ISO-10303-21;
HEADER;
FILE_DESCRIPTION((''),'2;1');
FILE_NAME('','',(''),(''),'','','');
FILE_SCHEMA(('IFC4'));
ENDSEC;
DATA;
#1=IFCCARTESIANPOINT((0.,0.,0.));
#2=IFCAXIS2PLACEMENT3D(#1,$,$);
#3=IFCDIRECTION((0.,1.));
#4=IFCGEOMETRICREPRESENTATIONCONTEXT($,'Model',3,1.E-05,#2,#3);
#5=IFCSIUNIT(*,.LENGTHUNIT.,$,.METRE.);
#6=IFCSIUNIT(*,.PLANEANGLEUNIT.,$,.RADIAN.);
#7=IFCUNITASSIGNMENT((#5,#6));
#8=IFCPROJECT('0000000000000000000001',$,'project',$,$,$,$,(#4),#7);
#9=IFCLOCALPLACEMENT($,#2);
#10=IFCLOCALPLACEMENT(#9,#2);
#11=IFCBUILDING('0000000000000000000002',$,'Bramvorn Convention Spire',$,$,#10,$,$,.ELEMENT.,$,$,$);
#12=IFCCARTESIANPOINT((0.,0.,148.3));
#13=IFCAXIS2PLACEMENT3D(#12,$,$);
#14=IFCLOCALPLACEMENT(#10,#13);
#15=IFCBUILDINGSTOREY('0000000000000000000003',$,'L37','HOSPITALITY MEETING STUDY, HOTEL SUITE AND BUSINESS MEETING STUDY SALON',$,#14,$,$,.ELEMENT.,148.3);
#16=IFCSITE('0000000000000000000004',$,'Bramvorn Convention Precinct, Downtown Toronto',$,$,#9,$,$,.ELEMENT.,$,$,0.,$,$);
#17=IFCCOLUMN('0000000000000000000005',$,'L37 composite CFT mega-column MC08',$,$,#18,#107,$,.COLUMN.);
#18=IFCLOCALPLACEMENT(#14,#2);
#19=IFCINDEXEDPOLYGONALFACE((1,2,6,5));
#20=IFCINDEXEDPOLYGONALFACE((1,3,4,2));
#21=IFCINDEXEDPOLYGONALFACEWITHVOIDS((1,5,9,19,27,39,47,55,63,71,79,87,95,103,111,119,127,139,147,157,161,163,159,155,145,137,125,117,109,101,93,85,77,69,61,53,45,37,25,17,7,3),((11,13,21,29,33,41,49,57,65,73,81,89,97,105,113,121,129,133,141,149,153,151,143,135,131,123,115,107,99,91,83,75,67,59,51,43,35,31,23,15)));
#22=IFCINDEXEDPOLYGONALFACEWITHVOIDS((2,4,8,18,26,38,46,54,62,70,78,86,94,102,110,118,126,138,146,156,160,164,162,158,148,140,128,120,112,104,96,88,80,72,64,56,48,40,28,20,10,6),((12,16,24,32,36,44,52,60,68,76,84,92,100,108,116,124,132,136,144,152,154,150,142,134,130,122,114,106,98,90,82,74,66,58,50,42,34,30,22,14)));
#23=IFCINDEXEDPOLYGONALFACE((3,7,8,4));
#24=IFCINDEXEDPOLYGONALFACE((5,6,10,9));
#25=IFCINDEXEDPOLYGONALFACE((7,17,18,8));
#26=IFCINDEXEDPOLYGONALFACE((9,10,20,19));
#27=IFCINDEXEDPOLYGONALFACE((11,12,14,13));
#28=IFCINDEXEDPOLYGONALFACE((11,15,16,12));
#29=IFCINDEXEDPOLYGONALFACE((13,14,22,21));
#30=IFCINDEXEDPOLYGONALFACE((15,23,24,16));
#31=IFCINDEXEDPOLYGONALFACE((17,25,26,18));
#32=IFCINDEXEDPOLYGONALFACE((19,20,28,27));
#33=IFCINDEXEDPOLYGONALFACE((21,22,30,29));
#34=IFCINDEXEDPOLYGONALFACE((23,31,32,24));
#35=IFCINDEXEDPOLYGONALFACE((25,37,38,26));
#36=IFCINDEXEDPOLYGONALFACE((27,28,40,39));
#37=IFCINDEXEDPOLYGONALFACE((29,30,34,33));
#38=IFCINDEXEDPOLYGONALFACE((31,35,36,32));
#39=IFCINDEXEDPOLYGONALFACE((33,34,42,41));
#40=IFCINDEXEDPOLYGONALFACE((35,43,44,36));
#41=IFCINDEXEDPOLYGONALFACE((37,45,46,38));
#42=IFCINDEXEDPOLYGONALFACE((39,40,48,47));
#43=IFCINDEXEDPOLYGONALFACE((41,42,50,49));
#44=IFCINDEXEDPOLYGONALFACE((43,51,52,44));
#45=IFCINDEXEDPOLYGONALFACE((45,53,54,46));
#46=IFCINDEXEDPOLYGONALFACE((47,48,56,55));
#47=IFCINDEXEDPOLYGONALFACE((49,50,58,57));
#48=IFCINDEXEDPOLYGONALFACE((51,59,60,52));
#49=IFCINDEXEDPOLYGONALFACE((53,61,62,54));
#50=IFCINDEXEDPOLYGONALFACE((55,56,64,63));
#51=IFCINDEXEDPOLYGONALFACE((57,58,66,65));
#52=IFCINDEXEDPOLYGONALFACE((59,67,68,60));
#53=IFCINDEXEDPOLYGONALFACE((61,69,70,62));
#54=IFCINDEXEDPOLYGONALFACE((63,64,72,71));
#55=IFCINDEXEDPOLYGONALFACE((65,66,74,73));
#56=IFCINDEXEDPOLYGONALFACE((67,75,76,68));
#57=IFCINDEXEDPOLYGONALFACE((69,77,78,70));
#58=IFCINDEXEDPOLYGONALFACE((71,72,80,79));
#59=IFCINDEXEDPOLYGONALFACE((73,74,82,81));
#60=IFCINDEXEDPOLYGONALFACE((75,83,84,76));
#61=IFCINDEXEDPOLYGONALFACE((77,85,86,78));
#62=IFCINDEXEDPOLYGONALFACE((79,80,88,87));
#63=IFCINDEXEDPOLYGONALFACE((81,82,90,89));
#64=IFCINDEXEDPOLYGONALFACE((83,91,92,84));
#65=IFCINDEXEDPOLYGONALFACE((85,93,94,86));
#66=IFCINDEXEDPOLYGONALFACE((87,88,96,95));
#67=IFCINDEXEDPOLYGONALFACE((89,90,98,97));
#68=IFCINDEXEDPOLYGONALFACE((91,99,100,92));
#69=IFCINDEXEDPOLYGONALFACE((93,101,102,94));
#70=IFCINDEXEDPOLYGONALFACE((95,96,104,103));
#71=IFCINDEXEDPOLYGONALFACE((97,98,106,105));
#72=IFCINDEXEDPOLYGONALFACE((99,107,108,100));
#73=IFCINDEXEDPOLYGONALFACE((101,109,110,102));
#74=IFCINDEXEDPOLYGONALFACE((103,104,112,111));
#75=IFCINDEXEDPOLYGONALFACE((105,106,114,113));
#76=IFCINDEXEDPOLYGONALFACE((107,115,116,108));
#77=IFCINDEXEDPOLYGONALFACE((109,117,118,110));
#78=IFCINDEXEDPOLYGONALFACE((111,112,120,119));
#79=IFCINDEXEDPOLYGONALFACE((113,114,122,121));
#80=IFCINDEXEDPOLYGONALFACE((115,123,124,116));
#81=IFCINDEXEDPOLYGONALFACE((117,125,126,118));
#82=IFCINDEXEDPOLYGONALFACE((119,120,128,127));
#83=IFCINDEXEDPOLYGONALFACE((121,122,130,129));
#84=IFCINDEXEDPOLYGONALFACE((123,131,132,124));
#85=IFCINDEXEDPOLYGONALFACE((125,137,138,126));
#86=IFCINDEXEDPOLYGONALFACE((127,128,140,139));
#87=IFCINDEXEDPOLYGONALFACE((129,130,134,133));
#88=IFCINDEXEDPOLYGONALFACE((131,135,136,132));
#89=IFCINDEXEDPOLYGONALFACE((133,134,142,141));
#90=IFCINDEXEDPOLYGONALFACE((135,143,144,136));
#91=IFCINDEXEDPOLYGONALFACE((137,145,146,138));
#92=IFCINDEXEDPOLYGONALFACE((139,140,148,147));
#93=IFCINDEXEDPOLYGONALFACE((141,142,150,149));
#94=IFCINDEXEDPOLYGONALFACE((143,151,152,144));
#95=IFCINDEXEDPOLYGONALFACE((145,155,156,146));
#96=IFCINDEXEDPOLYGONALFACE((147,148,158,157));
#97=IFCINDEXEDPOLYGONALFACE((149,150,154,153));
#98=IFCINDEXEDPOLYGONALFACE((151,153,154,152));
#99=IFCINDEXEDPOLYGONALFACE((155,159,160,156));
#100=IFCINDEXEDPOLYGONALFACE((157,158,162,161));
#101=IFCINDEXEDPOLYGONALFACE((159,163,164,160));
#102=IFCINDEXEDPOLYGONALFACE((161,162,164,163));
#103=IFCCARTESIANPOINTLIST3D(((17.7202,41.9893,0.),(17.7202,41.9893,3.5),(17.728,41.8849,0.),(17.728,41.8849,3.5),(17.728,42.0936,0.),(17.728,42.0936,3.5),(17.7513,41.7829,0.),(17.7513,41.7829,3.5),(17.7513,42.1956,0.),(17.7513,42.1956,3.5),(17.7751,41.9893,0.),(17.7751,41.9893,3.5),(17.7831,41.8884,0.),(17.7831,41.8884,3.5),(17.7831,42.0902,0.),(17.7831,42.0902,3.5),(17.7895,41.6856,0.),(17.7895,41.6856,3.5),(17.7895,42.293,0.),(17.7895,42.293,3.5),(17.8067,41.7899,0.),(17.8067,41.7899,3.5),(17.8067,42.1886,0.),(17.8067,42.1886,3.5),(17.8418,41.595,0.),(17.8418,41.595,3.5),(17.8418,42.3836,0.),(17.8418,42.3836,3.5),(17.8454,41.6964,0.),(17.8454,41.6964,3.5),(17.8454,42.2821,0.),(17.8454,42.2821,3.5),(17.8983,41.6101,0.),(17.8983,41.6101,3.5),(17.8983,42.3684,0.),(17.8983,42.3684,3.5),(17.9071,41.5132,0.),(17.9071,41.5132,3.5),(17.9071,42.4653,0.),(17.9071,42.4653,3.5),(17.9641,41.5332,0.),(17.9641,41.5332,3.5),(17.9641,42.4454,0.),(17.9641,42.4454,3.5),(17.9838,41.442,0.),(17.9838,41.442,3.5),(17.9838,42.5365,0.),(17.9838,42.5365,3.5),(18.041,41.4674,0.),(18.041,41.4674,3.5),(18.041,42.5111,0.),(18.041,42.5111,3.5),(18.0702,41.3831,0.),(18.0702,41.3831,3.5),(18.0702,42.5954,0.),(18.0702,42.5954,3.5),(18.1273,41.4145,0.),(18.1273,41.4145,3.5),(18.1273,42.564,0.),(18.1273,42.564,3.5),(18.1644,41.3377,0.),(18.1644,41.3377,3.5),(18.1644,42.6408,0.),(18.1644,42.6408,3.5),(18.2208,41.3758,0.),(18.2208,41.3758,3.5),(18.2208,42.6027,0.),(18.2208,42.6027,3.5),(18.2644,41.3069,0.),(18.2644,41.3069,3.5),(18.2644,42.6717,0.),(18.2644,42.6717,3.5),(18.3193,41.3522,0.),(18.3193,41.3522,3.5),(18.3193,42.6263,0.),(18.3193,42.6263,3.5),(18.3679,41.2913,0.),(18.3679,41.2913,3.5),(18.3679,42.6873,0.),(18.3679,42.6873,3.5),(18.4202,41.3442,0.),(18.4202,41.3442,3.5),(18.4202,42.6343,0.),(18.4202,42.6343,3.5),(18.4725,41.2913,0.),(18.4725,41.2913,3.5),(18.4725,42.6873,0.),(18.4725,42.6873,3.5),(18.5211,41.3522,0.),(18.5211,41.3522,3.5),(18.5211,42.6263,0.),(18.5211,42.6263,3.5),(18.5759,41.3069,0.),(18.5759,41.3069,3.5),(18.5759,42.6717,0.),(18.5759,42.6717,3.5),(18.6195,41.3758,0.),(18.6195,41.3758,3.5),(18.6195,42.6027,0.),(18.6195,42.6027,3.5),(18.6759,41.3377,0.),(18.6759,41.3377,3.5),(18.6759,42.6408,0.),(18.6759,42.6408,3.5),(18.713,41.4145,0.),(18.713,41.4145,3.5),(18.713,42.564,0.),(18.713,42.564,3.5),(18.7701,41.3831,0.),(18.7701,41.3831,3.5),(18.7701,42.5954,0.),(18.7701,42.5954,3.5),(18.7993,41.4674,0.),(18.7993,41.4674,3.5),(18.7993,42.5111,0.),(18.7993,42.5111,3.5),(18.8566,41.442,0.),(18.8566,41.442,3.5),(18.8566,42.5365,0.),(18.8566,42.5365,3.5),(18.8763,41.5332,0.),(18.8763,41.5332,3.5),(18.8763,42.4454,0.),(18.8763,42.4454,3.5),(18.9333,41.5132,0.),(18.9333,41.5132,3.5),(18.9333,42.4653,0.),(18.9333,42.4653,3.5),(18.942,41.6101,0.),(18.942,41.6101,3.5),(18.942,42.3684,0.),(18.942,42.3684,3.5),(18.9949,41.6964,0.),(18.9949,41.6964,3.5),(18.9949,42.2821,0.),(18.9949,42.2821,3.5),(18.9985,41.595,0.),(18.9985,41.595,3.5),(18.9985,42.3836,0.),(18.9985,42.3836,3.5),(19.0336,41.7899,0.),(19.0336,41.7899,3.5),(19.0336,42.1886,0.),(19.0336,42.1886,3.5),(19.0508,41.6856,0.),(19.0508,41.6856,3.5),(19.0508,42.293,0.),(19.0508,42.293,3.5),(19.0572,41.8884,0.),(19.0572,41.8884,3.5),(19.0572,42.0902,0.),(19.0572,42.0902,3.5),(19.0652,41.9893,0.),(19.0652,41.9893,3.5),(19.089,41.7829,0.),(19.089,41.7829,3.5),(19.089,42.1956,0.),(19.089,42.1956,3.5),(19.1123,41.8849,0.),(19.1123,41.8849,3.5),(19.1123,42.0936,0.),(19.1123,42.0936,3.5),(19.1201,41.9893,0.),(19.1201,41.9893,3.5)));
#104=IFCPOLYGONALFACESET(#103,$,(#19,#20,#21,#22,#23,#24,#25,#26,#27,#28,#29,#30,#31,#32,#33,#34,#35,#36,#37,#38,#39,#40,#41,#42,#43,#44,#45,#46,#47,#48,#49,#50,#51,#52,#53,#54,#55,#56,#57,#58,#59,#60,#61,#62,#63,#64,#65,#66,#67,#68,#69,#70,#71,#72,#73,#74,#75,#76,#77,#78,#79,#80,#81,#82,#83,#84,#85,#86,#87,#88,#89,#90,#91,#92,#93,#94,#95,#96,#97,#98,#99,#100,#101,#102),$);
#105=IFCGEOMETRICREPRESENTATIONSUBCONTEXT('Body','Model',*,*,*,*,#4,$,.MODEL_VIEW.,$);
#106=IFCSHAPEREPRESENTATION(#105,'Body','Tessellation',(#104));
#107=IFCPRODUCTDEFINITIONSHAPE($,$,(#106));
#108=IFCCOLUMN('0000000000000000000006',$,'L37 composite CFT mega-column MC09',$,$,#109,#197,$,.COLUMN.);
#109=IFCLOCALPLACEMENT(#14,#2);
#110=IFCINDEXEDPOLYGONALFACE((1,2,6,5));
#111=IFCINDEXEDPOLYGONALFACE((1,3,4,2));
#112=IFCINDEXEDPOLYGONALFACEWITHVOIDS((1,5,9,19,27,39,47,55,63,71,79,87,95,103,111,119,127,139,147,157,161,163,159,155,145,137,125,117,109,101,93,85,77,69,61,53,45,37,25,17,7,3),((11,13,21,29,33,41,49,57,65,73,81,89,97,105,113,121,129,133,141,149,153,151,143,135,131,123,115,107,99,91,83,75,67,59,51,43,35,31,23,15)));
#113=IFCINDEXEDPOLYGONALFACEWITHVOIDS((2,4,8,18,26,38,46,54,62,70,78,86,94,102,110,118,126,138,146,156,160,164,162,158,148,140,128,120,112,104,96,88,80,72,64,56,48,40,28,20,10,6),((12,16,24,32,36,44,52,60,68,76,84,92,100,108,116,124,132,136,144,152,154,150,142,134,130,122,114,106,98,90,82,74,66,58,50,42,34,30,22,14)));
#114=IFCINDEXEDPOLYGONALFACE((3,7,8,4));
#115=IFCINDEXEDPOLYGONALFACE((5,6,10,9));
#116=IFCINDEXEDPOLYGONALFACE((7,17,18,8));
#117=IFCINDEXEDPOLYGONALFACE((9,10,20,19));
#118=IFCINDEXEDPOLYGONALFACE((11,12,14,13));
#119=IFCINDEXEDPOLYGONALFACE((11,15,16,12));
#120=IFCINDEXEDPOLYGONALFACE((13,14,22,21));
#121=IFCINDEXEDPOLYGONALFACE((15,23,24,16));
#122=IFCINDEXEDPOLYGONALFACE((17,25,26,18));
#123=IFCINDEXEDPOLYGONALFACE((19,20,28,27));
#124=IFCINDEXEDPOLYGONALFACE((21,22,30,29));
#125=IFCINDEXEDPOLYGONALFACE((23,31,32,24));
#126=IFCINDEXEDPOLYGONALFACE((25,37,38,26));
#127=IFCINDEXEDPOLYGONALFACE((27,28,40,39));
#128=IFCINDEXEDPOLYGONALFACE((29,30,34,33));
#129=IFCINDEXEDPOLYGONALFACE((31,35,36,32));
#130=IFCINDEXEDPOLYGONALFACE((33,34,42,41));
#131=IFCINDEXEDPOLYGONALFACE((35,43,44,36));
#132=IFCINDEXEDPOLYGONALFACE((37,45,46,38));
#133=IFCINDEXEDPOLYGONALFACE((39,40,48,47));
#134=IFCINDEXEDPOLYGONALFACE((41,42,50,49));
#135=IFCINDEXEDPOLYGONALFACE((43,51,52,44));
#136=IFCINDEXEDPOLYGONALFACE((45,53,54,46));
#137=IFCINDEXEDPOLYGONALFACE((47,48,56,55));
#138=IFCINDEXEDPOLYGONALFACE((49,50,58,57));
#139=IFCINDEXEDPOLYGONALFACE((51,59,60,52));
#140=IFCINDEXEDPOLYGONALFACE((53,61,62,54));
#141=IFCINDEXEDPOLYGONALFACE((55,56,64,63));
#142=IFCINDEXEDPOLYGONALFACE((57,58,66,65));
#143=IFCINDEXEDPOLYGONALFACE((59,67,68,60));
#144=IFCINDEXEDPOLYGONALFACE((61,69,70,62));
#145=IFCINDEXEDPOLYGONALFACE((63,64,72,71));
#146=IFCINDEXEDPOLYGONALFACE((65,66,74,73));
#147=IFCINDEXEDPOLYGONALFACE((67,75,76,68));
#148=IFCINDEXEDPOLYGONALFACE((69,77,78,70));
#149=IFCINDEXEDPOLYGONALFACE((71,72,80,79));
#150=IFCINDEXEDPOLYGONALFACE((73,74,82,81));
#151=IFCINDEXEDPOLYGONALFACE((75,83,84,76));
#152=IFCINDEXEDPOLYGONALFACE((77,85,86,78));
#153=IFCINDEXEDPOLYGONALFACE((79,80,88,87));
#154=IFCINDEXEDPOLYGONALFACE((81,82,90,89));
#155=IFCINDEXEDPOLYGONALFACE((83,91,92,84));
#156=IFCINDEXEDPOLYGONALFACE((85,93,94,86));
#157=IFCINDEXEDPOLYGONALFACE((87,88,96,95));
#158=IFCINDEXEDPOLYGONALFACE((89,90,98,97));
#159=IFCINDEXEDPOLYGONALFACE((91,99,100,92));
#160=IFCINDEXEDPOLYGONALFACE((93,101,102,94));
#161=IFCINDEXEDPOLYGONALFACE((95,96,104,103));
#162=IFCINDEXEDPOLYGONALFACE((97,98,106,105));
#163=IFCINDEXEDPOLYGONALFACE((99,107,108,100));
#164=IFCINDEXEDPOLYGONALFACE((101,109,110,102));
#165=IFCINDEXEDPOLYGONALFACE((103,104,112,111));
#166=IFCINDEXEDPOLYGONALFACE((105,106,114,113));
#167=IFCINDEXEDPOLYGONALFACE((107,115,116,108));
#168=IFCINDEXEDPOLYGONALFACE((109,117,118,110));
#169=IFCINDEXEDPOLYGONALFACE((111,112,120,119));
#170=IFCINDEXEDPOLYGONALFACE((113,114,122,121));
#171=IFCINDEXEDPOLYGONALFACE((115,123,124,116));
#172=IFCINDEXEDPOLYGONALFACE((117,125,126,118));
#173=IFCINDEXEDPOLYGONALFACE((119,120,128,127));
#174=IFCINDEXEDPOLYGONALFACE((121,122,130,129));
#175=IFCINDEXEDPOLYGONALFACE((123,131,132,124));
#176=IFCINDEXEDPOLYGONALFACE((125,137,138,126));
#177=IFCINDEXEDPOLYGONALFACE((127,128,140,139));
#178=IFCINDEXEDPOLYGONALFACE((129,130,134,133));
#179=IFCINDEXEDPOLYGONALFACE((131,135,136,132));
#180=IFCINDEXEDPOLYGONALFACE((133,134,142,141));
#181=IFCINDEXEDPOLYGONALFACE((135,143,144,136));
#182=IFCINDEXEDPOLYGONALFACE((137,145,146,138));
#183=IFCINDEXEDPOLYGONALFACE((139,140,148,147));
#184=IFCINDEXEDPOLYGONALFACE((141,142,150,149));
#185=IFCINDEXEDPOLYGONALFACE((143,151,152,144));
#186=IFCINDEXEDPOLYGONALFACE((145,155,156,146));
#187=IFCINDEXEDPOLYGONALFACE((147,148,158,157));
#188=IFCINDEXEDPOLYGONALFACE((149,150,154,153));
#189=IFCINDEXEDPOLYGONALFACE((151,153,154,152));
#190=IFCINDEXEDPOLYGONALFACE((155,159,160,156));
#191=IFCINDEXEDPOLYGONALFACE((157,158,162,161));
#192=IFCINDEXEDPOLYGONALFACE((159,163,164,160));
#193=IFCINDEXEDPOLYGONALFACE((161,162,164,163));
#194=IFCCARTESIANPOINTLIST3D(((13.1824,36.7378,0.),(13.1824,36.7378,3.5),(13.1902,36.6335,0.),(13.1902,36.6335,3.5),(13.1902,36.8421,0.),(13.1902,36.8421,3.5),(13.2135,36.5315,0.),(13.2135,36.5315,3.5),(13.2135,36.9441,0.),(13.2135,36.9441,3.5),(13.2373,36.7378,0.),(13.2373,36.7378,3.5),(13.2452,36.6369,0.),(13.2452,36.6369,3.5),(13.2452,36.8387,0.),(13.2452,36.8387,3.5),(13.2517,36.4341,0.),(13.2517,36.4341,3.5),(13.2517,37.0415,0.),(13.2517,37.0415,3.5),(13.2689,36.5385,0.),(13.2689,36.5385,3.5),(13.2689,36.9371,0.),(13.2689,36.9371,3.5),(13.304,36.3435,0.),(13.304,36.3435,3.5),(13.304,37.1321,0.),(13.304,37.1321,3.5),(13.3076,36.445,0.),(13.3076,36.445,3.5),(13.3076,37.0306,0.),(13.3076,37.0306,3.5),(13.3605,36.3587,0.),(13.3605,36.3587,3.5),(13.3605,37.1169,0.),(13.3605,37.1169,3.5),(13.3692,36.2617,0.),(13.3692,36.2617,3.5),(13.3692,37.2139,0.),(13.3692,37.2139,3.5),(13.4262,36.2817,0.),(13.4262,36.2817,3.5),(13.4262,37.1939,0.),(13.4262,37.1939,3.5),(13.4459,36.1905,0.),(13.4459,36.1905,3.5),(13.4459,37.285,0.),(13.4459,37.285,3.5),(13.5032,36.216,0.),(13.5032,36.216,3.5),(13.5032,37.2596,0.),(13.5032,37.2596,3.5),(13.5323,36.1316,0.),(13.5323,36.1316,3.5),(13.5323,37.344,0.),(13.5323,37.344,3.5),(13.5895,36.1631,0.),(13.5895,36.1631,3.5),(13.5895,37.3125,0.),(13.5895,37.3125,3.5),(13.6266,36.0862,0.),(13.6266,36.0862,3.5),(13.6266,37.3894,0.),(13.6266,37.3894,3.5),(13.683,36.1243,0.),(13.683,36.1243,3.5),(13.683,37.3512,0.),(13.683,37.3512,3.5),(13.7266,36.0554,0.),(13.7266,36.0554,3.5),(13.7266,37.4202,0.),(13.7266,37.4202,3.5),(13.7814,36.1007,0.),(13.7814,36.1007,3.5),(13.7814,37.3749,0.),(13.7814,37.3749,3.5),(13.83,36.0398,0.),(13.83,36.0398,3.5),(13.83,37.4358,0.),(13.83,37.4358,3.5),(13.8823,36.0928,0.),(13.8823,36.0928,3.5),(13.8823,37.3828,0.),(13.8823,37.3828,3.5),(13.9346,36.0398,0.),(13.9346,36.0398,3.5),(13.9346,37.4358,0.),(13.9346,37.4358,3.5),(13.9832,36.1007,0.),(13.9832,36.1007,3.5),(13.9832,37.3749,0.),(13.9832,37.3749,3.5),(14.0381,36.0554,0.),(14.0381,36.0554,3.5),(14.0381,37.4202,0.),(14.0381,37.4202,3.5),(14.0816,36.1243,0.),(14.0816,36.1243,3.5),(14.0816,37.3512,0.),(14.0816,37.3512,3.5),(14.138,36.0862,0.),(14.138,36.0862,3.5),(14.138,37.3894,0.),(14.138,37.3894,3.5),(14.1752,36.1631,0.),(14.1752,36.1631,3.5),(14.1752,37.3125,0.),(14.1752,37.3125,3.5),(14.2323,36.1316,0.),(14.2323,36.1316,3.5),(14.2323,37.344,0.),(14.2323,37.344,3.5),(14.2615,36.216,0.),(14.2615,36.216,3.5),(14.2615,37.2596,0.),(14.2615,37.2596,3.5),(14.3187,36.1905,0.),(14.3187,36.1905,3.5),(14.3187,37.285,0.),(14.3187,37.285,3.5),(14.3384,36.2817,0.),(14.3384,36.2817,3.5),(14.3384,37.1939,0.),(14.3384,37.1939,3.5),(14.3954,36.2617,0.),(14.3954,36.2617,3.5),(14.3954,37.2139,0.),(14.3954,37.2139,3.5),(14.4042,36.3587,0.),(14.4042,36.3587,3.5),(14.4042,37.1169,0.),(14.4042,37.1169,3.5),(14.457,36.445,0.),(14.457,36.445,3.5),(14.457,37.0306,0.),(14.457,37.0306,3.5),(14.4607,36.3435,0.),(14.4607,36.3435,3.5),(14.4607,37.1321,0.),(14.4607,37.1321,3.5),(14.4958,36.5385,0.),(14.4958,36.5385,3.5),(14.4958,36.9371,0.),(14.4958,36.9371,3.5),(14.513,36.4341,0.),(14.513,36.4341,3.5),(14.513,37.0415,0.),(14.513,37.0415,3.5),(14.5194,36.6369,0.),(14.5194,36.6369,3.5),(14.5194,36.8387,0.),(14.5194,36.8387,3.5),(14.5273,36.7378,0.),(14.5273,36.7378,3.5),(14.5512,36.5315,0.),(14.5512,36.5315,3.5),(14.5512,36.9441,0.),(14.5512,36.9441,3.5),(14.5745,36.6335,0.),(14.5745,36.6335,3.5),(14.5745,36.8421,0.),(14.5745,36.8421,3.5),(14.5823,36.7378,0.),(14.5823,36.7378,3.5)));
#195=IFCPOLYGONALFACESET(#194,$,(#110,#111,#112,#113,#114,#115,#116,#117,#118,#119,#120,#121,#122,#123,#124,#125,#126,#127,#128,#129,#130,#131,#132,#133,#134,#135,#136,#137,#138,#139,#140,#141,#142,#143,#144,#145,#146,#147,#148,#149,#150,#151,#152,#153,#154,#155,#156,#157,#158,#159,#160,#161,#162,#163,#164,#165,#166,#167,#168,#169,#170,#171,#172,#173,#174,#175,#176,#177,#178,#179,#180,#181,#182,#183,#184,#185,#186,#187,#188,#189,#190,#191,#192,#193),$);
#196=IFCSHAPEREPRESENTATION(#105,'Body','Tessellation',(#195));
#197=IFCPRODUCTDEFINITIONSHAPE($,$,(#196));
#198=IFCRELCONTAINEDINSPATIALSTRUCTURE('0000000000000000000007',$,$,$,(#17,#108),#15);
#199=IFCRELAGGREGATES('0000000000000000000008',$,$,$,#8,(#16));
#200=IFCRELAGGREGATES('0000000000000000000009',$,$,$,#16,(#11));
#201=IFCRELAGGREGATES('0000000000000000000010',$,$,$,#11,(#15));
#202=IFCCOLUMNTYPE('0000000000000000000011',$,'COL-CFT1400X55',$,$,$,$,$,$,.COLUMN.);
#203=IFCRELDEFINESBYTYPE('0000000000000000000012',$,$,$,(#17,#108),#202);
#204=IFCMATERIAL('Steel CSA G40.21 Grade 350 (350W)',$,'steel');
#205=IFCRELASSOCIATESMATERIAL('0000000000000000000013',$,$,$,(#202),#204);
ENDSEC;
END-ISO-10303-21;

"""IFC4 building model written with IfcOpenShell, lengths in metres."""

from ifc_helpers import new_model, si_unit, direction, frame, origin, origin_2d, place, context, subcontext, project, spatial, hollow_circle, extrude, material, material_profile, profile_set, type_object, element, save


model = new_model("IFC4")

# Units and contexts
model_context = context("Model", 3, precision=1e-05, world=origin(), true_north=direction((0.0, 1.0)))
body_context = subcontext(model_context, "Body", "Model", "MODEL_VIEW")
ifc_project = project(units=[si_unit("LENGTHUNIT", "METRE"), si_unit("PLANEANGLEUNIT", "RADIAN")], contexts=[model_context])

# Site, building, storey
site_placement = place(None, origin())
site = spatial("IfcSite", under=ifc_project, at=site_placement, Name="Bramvorn Convention Precinct, Downtown Toronto", CompositionType="ELEMENT", RefElevation=0.0)
building_placement = place(site_placement, origin())
building = spatial("IfcBuilding", under=site, at=building_placement, Name="Bramvorn Convention Spire", CompositionType="ELEMENT")
storey_placement = place(building_placement, frame((0.0, 0.0, 148.3)))
storey = spatial("IfcBuildingStorey", under=building, at=storey_placement, Name="L37", Description="HOSPITALITY MEETING STUDY, HOTEL SUITE AND BUSINESS MEETING STUDY SALON", CompositionType="ELEMENT", Elevation=148.3)

# Columns
ifc_material_1 = material(Name="Steel CSA G40.21 Grade 350 (350W)", Category="steel")
ifc_material_profile_1 = material_profile(ifc_material_1, hollow_circle(Radius=0.7, WallThickness=0.0549, at=origin_2d()))
ifc_profile_set_1 = profile_set([ifc_material_profile_1], Name="Steel CSA G40.21 Grade 350 (350W) - CFT1400X55")
column_type = type_object("IfcColumnType", Name="COL-CFT1400X55", PredefinedType="COLUMN", material=ifc_profile_set_1)
for number, where, z_axis, x_axis, name in (
    (1, (18.4202, 41.9893, 0.0), (0.0, 0.0, 1.0), (1.0, 0.0, 0.0), "L37 composite CFT mega-column MC08"),
    (2, (13.8823, 36.7378, 0.0), (0.0, 0.0, 1.0), (1.0, 0.0, 0.0), "L37 composite CFT mega-column MC09"),
):
    element("IfcColumn", number, at=place(storey_placement, frame(where, z_axis=z_axis, x_axis=x_axis)), inside=storey, type_object=column_type, Name=name, PredefinedType="COLUMN", context=body_context, shape_type="SweptSolid", body=[
        extrude(hollow_circle(Radius=0.7, WallThickness=0.0549, at=origin_2d()), origin(), (0.0, 0.0, 1.0), 3.5),
    ])

save(model, "model.ifc")
